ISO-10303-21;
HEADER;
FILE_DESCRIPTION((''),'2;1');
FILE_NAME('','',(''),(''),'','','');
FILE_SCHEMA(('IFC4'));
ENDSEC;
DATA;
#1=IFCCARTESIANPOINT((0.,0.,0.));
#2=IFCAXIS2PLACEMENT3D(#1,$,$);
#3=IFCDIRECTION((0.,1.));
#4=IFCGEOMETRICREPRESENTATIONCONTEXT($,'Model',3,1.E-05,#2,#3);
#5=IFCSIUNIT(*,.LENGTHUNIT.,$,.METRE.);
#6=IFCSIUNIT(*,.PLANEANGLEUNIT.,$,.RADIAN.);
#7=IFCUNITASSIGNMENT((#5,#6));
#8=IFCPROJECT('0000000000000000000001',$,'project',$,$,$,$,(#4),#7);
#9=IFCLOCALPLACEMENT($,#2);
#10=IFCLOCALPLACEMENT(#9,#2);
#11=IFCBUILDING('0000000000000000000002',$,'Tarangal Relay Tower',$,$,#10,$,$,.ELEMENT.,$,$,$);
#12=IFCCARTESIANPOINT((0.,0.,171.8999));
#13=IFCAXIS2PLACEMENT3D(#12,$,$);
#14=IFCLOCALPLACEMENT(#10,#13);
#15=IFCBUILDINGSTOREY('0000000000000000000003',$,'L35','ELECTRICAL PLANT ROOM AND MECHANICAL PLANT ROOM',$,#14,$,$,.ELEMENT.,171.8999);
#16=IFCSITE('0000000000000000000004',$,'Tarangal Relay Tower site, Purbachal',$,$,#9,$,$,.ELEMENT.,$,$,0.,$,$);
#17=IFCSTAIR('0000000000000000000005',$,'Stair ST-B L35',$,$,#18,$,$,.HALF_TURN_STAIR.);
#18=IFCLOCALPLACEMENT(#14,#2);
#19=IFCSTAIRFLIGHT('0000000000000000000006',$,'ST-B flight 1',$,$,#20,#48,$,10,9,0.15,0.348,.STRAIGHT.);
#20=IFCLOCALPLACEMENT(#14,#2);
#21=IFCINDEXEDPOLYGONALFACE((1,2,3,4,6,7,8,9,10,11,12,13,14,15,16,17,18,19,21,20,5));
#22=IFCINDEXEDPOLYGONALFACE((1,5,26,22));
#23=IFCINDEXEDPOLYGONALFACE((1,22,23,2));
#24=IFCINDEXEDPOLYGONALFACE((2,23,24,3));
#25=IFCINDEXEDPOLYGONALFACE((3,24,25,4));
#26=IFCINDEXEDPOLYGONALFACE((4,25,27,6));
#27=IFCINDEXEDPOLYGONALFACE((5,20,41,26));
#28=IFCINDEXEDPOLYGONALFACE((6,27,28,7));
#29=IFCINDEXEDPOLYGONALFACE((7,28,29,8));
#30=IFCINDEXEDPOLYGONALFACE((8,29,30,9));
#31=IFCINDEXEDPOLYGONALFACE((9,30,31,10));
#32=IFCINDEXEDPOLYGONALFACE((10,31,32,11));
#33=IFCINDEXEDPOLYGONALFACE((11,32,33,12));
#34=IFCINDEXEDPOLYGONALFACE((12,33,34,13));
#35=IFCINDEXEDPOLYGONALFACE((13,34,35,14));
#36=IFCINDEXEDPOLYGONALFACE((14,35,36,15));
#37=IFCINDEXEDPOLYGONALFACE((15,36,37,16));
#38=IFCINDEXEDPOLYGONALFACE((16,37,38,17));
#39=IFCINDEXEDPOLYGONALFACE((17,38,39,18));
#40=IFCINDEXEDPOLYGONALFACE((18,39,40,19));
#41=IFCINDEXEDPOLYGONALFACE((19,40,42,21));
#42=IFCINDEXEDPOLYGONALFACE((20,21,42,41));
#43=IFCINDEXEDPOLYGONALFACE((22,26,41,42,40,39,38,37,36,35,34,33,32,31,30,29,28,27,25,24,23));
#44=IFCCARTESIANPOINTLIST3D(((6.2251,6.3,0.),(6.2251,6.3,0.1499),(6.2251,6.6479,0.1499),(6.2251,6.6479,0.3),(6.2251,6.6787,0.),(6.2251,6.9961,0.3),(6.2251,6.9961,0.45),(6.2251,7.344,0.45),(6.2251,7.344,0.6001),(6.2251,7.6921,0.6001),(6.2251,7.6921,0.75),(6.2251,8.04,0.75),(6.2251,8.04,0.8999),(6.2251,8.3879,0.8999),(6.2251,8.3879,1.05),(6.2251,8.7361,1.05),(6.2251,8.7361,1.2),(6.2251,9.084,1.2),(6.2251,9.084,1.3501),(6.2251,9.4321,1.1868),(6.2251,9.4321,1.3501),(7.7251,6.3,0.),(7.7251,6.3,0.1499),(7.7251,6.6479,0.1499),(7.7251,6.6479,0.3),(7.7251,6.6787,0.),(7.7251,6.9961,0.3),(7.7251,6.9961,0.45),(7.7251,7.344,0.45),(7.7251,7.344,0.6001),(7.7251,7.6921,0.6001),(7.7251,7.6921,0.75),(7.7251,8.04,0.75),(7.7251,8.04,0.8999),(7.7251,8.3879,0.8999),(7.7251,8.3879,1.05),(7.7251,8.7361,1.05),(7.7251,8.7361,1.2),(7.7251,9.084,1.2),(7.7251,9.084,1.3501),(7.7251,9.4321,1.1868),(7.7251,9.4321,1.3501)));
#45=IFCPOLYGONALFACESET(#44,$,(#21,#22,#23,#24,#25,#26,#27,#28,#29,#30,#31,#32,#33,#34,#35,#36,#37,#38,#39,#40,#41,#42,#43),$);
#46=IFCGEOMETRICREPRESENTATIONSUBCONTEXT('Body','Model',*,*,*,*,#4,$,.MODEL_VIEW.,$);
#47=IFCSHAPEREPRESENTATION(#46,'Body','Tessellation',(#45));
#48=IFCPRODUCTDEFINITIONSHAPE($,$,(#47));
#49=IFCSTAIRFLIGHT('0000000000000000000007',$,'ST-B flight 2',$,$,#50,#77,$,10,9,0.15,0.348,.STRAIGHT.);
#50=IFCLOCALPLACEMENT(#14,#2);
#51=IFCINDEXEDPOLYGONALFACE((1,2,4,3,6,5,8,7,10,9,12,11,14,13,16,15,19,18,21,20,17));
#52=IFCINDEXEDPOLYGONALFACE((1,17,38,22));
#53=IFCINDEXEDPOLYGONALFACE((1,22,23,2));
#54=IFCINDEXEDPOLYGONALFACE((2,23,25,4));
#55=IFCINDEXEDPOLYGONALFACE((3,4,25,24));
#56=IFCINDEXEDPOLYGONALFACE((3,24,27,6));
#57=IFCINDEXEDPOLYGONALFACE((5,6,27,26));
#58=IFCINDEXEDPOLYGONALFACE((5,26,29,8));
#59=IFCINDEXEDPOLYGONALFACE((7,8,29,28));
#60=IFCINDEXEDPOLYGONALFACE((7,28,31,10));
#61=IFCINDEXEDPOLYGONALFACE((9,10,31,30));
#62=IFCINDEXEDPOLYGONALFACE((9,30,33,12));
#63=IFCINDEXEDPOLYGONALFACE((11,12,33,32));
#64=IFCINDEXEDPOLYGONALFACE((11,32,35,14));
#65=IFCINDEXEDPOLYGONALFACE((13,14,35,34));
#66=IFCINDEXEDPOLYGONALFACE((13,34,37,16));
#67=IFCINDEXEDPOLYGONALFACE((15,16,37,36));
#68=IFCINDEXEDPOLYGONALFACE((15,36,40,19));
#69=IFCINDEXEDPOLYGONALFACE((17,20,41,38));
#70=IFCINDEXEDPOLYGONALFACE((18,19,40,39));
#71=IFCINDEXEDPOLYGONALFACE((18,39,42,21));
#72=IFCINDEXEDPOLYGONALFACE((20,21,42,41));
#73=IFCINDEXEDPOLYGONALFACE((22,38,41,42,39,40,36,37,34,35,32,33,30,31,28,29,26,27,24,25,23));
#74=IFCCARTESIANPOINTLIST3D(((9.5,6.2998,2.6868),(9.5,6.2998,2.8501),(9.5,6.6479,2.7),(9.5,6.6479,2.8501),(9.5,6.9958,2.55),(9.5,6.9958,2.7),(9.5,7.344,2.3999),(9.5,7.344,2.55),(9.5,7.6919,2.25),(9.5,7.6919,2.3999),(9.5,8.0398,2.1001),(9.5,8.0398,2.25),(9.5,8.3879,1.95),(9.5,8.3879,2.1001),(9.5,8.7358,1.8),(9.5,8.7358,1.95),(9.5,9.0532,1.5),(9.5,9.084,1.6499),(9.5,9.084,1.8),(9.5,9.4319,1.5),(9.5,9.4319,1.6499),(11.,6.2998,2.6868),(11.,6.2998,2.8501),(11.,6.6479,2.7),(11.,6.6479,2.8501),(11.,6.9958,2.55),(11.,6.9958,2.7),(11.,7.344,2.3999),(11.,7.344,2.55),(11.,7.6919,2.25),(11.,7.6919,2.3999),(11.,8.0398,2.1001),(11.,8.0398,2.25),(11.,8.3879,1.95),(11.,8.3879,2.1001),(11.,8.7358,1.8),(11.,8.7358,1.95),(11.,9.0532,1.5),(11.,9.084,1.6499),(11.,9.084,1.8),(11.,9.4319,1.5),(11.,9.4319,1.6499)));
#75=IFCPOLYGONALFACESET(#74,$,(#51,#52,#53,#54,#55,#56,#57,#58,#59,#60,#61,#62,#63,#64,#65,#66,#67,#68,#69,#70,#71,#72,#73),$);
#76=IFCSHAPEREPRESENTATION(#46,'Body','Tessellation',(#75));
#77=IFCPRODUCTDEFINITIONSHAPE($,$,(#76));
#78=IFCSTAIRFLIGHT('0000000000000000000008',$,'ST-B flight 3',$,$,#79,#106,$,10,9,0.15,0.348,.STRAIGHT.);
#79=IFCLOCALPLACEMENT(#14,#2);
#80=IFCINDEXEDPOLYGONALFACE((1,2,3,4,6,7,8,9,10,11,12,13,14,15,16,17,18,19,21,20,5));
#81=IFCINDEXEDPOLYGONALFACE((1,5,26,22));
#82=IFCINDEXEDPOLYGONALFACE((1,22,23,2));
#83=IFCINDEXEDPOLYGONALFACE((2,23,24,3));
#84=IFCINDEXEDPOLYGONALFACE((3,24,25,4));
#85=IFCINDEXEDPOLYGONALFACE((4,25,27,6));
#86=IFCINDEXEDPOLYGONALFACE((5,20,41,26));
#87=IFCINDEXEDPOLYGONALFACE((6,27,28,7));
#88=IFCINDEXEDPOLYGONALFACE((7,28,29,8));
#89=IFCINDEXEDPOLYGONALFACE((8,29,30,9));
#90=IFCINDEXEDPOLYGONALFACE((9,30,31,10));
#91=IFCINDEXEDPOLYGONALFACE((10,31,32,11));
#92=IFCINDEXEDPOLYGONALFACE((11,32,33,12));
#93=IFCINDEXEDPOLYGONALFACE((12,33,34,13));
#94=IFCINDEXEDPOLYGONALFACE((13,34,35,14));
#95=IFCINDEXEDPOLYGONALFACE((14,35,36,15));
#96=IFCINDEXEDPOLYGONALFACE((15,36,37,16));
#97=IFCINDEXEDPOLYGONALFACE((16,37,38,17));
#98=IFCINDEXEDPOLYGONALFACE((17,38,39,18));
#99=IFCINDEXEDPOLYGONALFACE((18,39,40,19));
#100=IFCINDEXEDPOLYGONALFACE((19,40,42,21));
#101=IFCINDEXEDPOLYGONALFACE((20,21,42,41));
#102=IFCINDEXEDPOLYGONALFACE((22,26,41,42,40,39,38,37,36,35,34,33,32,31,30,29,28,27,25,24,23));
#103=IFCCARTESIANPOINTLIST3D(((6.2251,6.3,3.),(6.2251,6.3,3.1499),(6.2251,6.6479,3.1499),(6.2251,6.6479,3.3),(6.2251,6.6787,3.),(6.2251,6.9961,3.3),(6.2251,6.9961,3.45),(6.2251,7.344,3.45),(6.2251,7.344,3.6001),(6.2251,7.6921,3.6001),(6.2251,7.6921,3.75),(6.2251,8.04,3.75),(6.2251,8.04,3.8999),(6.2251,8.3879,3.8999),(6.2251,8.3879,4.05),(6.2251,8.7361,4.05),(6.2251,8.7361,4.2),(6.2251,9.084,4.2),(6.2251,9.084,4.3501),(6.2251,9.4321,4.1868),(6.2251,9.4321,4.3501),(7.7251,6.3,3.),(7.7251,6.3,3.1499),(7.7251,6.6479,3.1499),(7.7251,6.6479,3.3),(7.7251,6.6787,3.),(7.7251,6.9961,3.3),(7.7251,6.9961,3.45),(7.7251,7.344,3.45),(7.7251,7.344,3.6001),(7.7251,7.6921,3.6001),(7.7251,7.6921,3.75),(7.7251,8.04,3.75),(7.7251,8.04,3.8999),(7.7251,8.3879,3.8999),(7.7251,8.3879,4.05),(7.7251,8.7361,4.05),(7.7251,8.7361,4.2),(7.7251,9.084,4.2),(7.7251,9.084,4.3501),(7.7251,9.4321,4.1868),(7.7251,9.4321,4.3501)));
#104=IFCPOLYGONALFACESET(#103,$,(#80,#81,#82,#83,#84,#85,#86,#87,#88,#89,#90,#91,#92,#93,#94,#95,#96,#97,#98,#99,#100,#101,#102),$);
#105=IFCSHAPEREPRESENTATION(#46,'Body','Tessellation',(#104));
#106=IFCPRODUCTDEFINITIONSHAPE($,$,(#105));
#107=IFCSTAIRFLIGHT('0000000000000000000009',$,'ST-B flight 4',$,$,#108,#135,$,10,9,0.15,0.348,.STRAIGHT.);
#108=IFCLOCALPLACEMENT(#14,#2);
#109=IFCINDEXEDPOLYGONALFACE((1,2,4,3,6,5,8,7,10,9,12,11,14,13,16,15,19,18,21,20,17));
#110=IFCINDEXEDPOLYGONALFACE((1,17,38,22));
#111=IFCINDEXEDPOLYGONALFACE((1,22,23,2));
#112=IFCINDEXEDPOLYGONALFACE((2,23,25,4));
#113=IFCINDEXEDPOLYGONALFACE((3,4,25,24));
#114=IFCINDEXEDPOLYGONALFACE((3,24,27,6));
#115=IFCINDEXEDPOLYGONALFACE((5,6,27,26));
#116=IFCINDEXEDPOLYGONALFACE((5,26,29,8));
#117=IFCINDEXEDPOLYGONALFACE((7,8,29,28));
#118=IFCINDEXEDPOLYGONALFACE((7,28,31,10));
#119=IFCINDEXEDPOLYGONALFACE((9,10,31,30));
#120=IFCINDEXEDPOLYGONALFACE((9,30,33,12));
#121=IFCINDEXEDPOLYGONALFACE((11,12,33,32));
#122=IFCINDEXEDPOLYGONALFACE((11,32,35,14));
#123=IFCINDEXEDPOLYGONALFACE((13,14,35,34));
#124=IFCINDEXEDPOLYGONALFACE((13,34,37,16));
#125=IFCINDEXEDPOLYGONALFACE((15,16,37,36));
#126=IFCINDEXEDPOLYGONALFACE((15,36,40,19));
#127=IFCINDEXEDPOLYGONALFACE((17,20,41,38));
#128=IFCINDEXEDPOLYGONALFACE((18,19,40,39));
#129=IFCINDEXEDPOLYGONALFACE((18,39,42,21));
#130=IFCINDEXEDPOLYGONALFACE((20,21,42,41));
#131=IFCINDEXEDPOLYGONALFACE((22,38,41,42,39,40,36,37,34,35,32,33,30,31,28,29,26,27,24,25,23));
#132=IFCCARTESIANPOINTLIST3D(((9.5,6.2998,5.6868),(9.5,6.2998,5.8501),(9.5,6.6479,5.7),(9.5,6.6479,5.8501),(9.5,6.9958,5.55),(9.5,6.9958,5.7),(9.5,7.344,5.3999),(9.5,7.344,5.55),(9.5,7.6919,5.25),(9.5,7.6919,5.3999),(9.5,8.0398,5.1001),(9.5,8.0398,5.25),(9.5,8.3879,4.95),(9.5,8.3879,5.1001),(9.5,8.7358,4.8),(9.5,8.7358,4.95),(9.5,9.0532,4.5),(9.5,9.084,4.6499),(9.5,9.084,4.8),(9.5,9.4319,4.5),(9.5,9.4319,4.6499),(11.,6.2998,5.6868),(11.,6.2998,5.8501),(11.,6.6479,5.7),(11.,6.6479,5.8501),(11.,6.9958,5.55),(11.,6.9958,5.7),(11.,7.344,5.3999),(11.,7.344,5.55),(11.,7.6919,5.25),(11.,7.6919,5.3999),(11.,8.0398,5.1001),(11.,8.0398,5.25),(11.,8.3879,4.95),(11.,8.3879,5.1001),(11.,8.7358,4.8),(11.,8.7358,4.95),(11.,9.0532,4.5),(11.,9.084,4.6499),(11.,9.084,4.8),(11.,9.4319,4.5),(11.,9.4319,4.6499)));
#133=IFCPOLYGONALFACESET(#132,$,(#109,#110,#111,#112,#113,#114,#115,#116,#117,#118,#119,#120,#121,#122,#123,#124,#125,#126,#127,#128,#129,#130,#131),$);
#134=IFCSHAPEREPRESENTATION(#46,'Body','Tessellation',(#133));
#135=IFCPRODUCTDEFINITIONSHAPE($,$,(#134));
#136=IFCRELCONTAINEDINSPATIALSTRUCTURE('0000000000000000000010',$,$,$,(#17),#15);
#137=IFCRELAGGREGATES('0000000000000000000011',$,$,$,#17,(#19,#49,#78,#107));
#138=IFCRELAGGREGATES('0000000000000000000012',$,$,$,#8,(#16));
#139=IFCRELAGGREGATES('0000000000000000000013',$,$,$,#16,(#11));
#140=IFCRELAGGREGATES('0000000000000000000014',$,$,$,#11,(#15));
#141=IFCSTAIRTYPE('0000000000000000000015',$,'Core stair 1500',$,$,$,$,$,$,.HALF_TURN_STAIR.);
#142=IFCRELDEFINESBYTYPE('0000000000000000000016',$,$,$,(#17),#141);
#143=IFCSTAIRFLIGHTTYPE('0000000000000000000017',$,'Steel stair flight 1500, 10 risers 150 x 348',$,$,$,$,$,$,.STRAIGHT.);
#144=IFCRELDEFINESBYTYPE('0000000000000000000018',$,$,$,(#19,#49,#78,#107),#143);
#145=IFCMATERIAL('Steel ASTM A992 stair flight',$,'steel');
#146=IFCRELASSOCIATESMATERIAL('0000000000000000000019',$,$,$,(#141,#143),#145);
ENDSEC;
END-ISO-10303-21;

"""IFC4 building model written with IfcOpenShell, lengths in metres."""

from ifc_helpers import new_model, si_unit, direction, frame, origin, place, context, subcontext, project, spatial, polyline, outline, extrude, material, type_object, element, aggregate, save


model = new_model("IFC4")

# Units and contexts
model_context = context("Model", 3, precision=1e-05, world=origin(), true_north=direction((0.0, 1.0)))
body_context = subcontext(model_context, "Body", "Model", "MODEL_VIEW")
ifc_project = project(units=[si_unit("LENGTHUNIT", "METRE"), si_unit("PLANEANGLEUNIT", "RADIAN")], contexts=[model_context])

# Site, building, storey
site_placement = place(None, origin())
site = spatial("IfcSite", under=ifc_project, at=site_placement, Name="Tarangal Relay Tower site, Purbachal", CompositionType="ELEMENT", RefElevation=0.0)
building_placement = place(site_placement, origin())
building = spatial("IfcBuilding", under=site, at=building_placement, Name="Tarangal Relay Tower", CompositionType="ELEMENT")
storey_placement = place(building_placement, frame((0.0, 0.0, 171.8999)))
storey = spatial("IfcBuildingStorey", under=building, at=storey_placement, Name="L35", Description="ELECTRICAL PLANT ROOM AND MECHANICAL PLANT ROOM", CompositionType="ELEMENT", Elevation=171.8999)

# Stair, stair flights
ifc_material_1 = material(Name="Steel ASTM A992 stair flight", Category="steel")
stair_type = type_object("IfcStairType", Name="Core stair 1500", PredefinedType="HALF_TURN_STAIR", material=ifc_material_1)
stair_placement = place(storey_placement, origin())
stair = element("IfcStair", 1, at=stair_placement, inside=storey, type_object=stair_type, Name="Stair ST-B L35", PredefinedType="HALF_TURN_STAIR")
stair_flight_type = type_object("IfcStairFlightType", Name="Steel stair flight 1500, 10 risers 150 x 348", PredefinedType="STRAIGHT", material=ifc_material_1)
stair_flight_1_placement = place(storey_placement, frame((6.9751, 6.3, 0.0), z_axis=(0.0, 0.0, 1.0), x_axis=(0.0, 1.0, 0.0)))
stair_flight_1 = element("IfcStairFlight", 2, at=stair_flight_1_placement, type_object=stair_flight_type, Name="ST-B flight 1", NumberOfRisers=10, NumberOfTreads=9, PredefinedType="STRAIGHT", RiserHeight=0.15, TreadLength=0.348, context=body_context, shape_type="SweptSolid", body=[
    extrude(outline(polyline([(0.0, 0.0), (0.0, 0.1499), (0.3479, 0.1499), (0.3479, 0.3), (0.696, 0.3), (0.696, 0.45), (1.0439, 0.45), (1.0439, 0.6001), (1.3921, 0.6001), (1.3921, 0.75), (1.74, 0.75), (1.74, 0.8999), (2.0879, 0.8999), (2.0879, 1.05), (2.436, 1.05), (2.436, 1.2), (2.7839, 1.2), (2.7839, 1.3501), (3.1321, 1.3501), (3.1321, 1.5), (3.1321, 1.1868), (0.3787, 0.0), (0.0, 0.0)])), frame((0.0, 0.75, 0.0), z_axis=(0.0, -1.0, 0.0), x_axis=(1.0, 0.0, 0.0)), (0.0, 0.0, 1.0), 1.5),
])
stair_flight_2_placement = place(storey_placement, frame((10.25, 9.4319, 1.5), z_axis=(0.0, 0.0, 1.0), x_axis=(0.0, -1.0, 0.0)))
stair_flight_2 = element("IfcStairFlight", 3, at=stair_flight_2_placement, type_object=stair_flight_type, Name="ST-B flight 2", NumberOfRisers=10, NumberOfTreads=9, PredefinedType="STRAIGHT", RiserHeight=0.15, TreadLength=0.348, context=body_context, shape_type="SweptSolid", body=[
    extrude(outline(polyline([(0.0, 0.0), (0.0, 0.1499), (0.3479, 0.1499), (0.3479, 0.3), (0.696, 0.3), (0.696, 0.45), (1.0439, 0.45), (1.0439, 0.6001), (1.3921, 0.6001), (1.3921, 0.75), (1.74, 0.75), (1.74, 0.8999), (2.0879, 0.8999), (2.0879, 1.05), (2.436, 1.05), (2.436, 1.2), (2.7839, 1.2), (2.7839, 1.3501), (3.1321, 1.3501), (3.1321, 1.5), (3.1321, 1.1868), (0.3787, 0.0), (0.0, 0.0)])), frame((0.0, 0.75, 0.0), z_axis=(0.0, -1.0, 0.0), x_axis=(1.0, 0.0, 0.0)), (0.0, 0.0, 1.0), 1.5),
])
stair_flight_3_placement = place(storey_placement, frame((6.9751, 6.3, 3.0), z_axis=(0.0, 0.0, 1.0), x_axis=(0.0, 1.0, 0.0)))
stair_flight_3 = element("IfcStairFlight", 4, at=stair_flight_3_placement, type_object=stair_flight_type, Name="ST-B flight 3", NumberOfRisers=10, NumberOfTreads=9, PredefinedType="STRAIGHT", RiserHeight=0.15, TreadLength=0.348, context=body_context, shape_type="SweptSolid", body=[
    extrude(outline(polyline([(0.0, 0.0), (0.0, 0.1499), (0.3479, 0.1499), (0.3479, 0.3), (0.696, 0.3), (0.696, 0.45), (1.0439, 0.45), (1.0439, 0.6001), (1.3921, 0.6001), (1.3921, 0.75), (1.74, 0.75), (1.74, 0.8999), (2.0879, 0.8999), (2.0879, 1.05), (2.436, 1.05), (2.436, 1.2), (2.7839, 1.2), (2.7839, 1.3501), (3.1321, 1.3501), (3.1321, 1.5), (3.1321, 1.1868), (0.3787, 0.0), (0.0, 0.0)])), frame((0.0, 0.75, 0.0), z_axis=(0.0, -1.0, 0.0), x_axis=(1.0, 0.0, 0.0)), (0.0, 0.0, 1.0), 1.5),
])
stair_flight_4_placement = place(storey_placement, frame((10.25, 9.4319, 4.5), z_axis=(0.0, 0.0, 1.0), x_axis=(0.0, -1.0, 0.0)))
stair_flight_4 = element("IfcStairFlight", 5, at=stair_flight_4_placement, type_object=stair_flight_type, Name="ST-B flight 4", NumberOfRisers=10, NumberOfTreads=9, PredefinedType="STRAIGHT", RiserHeight=0.15, TreadLength=0.348, context=body_context, shape_type="SweptSolid", body=[
    extrude(outline(polyline([(0.0, 0.0), (0.0, 0.1499), (0.3479, 0.1499), (0.3479, 0.3), (0.696, 0.3), (0.696, 0.45), (1.0439, 0.45), (1.0439, 0.6001), (1.3921, 0.6001), (1.3921, 0.75), (1.74, 0.75), (1.74, 0.8999), (2.0879, 0.8999), (2.0879, 1.05), (2.436, 1.05), (2.436, 1.2), (2.7839, 1.2), (2.7839, 1.3501), (3.1321, 1.3501), (3.1321, 1.5), (3.1321, 1.1868), (0.3787, 0.0), (0.0, 0.0)])), frame((0.0, 0.75, 0.0), z_axis=(0.0, -1.0, 0.0), x_axis=(1.0, 0.0, 0.0)), (0.0, 0.0, 1.0), 1.5),
])
aggregate(stair, [stair_flight_1, stair_flight_2, stair_flight_3, stair_flight_4])

save(model, "model.ifc")
